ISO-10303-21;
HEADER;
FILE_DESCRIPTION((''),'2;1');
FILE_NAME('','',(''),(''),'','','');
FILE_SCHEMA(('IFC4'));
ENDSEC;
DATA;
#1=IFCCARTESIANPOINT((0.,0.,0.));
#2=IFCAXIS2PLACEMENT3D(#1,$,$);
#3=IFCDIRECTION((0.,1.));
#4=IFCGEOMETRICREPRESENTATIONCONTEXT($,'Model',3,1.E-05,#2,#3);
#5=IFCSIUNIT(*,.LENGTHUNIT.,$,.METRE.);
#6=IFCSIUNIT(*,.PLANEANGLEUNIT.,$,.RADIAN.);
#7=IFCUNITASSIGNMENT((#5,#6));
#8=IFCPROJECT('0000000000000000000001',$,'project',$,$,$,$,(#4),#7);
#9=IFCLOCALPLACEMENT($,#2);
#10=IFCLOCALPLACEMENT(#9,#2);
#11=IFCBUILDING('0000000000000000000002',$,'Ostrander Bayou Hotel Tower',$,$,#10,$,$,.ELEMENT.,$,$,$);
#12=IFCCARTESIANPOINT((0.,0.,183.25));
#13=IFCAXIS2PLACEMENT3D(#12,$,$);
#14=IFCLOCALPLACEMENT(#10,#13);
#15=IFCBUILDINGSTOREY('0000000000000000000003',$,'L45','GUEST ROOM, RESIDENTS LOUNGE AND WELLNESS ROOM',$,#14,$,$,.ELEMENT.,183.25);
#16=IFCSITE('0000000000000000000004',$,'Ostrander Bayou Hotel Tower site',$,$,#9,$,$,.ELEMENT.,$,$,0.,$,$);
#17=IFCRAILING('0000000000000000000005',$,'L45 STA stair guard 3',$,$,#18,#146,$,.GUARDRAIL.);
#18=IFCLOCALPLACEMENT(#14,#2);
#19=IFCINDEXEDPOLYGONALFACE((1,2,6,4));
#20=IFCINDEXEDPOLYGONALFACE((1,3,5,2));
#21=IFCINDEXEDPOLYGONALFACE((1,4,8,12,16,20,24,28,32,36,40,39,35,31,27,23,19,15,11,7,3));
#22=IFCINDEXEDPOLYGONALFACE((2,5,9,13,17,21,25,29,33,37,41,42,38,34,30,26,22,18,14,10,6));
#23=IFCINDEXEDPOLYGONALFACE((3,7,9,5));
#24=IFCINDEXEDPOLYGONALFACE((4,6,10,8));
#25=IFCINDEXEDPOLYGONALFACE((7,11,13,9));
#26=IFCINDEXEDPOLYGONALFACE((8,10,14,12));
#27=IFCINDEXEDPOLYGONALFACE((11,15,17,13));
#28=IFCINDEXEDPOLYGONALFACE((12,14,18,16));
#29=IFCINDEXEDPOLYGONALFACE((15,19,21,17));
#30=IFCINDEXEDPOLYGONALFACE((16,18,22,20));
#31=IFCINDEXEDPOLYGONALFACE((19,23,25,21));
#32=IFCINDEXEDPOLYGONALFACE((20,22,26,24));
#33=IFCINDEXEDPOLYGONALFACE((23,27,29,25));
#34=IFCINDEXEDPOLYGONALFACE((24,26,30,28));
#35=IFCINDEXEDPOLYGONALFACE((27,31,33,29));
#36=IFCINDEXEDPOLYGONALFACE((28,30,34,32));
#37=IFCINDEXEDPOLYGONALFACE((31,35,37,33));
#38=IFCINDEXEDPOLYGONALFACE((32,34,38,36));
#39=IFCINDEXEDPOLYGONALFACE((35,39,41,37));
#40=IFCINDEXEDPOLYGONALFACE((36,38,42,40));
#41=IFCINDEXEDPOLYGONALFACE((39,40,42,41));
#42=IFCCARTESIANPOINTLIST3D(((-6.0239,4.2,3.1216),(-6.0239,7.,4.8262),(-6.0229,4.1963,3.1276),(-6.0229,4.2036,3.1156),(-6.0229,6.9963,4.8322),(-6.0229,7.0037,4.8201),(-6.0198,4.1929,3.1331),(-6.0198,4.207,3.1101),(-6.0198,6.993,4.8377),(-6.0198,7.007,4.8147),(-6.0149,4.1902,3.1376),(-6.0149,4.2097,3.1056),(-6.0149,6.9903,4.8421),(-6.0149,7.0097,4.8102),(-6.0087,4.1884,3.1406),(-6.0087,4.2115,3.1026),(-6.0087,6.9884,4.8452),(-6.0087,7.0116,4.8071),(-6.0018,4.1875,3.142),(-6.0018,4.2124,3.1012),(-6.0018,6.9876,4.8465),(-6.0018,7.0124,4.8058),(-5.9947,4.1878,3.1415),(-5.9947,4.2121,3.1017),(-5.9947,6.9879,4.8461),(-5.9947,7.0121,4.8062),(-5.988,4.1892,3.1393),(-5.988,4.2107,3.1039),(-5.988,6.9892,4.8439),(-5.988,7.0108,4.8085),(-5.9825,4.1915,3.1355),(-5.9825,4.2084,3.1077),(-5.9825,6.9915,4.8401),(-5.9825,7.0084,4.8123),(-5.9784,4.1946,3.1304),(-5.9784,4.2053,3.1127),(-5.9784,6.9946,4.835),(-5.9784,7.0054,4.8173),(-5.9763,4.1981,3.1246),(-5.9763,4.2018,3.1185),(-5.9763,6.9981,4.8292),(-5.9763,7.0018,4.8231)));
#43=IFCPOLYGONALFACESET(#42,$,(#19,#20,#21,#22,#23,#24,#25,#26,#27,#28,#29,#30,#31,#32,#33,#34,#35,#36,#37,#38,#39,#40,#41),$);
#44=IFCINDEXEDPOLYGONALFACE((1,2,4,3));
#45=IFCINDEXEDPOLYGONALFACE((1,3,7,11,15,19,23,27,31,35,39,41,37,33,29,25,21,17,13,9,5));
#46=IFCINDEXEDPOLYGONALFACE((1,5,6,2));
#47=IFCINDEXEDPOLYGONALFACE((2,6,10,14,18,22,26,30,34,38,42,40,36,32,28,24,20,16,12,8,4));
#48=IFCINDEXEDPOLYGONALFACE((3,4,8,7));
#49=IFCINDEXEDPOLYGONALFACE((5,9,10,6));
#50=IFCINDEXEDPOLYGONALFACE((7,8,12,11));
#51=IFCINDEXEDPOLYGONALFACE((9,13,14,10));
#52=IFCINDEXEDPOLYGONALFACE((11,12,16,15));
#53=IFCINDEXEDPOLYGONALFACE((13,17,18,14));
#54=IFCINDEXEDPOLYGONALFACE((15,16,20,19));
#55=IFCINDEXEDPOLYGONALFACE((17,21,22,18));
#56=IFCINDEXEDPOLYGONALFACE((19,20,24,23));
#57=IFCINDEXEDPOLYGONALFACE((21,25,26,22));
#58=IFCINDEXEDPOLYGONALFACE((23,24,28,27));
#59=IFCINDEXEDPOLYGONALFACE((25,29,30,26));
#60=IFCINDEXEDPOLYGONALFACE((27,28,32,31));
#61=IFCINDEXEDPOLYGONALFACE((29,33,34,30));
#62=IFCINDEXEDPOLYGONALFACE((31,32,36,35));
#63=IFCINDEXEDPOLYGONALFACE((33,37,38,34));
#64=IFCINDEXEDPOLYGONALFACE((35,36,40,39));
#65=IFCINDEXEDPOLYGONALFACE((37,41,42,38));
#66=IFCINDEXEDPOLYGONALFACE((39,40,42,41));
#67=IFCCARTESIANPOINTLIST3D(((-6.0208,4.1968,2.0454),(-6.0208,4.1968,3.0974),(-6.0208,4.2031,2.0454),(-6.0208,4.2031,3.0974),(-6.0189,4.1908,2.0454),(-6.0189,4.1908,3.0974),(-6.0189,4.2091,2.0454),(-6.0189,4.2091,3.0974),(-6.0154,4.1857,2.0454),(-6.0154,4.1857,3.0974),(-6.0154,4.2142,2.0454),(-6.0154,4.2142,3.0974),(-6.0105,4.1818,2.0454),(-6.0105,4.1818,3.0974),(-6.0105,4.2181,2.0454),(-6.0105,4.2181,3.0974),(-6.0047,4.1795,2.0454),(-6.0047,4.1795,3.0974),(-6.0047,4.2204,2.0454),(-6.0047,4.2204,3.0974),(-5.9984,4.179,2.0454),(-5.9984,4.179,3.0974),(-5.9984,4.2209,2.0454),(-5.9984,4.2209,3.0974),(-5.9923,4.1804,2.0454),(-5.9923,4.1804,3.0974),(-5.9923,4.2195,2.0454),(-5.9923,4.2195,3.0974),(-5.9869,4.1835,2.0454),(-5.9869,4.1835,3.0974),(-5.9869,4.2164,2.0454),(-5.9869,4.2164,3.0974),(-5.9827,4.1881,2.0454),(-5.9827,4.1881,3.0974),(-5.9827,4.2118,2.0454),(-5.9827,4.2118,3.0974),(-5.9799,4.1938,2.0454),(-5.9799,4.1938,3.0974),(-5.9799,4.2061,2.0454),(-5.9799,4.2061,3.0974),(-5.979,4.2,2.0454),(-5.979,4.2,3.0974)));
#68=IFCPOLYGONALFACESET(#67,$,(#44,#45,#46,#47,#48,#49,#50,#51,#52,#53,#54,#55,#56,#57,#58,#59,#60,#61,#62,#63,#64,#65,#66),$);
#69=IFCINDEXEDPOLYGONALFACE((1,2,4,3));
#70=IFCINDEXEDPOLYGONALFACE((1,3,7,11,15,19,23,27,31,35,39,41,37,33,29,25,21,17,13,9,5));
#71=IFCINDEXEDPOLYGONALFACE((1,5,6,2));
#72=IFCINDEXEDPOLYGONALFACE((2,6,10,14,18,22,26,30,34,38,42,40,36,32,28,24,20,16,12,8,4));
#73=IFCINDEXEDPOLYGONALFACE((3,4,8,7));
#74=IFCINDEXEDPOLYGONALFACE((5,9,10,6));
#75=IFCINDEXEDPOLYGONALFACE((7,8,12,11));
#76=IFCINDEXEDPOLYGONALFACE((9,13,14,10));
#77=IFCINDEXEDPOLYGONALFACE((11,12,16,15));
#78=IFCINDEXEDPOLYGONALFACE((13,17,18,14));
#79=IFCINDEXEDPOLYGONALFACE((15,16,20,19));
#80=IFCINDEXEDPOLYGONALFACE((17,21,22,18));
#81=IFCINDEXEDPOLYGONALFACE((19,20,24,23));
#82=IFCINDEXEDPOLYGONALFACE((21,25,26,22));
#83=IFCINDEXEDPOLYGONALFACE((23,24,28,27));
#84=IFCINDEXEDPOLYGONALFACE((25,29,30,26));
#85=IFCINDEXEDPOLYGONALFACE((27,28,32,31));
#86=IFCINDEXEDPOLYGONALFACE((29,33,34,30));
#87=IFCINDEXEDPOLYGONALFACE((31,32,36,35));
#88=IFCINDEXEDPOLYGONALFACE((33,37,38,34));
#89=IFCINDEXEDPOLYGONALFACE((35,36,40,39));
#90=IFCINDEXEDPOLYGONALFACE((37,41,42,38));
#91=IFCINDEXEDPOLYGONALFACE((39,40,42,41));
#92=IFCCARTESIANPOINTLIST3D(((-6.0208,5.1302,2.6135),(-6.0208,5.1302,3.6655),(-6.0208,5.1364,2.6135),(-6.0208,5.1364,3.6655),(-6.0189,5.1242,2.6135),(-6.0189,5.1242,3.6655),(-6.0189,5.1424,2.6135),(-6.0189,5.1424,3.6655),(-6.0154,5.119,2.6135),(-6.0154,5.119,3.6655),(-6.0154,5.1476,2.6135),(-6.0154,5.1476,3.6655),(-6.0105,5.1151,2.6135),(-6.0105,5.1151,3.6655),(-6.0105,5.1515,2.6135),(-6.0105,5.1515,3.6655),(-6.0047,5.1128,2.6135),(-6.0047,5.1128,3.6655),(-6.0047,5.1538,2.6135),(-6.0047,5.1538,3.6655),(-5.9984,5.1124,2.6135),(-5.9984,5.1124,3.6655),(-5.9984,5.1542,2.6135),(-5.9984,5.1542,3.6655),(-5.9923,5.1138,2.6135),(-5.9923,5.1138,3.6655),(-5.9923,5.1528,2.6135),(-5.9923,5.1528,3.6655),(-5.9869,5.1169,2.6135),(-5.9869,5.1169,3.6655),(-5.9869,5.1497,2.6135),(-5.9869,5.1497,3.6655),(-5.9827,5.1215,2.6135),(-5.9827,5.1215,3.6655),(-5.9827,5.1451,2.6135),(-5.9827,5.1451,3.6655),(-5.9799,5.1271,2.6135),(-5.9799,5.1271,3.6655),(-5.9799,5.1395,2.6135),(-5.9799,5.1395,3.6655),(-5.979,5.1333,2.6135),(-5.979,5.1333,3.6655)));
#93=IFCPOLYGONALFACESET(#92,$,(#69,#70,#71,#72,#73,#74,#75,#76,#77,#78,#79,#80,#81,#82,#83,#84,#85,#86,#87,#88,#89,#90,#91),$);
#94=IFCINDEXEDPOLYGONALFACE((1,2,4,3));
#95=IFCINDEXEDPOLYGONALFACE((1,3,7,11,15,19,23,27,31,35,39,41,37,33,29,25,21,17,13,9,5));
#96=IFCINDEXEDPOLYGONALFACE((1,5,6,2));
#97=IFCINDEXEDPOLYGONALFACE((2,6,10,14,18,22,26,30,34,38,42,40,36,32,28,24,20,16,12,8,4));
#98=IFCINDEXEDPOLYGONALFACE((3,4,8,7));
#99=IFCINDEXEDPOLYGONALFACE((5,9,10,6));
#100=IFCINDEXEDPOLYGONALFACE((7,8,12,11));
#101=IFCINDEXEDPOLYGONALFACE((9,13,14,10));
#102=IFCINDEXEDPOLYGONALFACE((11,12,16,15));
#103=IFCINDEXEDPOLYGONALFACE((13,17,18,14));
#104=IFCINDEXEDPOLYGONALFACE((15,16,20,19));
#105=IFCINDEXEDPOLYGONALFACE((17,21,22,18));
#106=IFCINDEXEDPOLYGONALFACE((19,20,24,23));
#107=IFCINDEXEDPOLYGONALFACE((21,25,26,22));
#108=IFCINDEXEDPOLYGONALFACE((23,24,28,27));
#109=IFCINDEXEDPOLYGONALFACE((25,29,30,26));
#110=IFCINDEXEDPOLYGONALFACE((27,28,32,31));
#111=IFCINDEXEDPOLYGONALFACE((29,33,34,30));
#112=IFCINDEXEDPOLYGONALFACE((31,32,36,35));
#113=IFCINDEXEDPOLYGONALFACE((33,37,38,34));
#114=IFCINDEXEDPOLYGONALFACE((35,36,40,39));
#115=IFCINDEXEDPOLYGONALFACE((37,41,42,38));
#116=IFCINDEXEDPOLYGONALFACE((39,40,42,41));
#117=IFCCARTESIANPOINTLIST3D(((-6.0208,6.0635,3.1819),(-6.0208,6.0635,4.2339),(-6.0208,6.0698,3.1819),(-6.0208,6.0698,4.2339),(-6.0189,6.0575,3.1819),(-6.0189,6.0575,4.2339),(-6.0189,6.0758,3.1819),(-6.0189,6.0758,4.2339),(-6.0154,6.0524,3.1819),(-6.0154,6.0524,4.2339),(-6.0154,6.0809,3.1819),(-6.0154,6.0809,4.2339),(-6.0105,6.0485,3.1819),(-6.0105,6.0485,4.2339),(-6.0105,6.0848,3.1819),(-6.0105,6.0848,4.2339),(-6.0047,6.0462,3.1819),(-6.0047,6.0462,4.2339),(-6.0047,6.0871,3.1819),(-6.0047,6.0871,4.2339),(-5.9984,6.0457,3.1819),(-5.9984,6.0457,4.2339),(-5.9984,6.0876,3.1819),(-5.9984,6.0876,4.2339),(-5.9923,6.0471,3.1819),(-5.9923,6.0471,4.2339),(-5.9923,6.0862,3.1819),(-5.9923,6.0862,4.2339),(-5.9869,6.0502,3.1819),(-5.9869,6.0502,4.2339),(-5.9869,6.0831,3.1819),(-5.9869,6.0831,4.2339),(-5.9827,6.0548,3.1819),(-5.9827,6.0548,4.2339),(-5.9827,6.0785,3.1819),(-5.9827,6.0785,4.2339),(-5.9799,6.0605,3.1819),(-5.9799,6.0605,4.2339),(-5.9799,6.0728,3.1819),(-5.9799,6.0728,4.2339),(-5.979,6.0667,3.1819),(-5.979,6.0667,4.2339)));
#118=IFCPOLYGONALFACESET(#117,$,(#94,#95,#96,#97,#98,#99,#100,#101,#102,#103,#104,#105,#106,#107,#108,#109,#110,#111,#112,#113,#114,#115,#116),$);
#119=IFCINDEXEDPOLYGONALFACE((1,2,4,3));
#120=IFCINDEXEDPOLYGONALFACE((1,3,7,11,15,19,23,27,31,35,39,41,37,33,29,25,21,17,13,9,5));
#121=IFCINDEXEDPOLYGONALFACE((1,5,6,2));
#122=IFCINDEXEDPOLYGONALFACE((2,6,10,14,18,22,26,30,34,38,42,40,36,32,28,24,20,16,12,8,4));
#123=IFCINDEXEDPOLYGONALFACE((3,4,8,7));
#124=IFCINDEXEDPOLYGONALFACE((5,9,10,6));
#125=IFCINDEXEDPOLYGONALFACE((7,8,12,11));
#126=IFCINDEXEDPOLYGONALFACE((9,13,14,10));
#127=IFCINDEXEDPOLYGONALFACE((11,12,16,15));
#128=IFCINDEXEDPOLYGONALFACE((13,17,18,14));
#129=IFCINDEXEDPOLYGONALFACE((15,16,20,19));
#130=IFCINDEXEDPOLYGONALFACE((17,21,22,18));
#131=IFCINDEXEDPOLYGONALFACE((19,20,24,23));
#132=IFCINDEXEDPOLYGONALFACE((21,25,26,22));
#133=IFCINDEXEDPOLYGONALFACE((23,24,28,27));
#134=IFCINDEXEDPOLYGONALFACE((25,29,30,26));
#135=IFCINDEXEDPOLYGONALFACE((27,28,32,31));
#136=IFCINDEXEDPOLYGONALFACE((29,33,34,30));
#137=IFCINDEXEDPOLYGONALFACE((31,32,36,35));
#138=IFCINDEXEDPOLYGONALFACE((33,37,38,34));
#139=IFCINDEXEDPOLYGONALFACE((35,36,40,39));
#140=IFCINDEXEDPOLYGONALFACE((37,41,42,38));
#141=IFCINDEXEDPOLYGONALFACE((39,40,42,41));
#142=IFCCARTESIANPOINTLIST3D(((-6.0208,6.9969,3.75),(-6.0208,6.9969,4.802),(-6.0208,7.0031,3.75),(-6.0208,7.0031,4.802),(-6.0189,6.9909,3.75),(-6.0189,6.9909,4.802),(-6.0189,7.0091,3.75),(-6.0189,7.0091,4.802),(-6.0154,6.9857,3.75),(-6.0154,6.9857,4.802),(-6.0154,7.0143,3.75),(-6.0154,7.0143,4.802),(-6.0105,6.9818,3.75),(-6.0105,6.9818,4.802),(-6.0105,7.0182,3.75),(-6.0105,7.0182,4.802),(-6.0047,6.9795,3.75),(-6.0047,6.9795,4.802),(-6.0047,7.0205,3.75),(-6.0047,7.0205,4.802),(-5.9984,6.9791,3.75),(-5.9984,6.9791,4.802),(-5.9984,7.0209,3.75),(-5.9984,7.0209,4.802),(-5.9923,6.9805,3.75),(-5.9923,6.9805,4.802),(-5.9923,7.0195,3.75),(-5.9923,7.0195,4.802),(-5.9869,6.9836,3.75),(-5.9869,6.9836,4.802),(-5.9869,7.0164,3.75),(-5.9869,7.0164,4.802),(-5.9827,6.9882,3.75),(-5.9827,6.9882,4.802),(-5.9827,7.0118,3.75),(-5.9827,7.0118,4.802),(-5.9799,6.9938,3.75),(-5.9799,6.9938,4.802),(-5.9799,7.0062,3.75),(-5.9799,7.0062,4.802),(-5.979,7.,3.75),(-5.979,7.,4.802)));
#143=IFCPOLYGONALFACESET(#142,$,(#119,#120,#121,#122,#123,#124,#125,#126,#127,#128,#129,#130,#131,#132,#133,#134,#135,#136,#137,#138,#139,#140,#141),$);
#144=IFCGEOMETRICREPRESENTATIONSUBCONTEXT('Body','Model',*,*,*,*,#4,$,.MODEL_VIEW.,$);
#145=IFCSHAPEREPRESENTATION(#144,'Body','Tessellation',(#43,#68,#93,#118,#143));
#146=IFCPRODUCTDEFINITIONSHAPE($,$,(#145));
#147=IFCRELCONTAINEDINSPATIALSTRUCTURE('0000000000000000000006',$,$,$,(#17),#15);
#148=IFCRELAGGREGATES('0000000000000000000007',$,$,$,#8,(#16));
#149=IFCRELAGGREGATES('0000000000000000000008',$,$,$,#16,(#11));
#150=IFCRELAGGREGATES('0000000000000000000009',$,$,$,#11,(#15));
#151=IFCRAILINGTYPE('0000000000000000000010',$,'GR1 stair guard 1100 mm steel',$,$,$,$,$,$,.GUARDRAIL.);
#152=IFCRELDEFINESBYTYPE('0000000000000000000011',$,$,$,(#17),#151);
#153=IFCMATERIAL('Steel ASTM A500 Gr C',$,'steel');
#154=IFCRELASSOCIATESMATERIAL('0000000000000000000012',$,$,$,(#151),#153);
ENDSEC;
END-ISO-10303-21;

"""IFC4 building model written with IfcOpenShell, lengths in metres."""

from ifc_helpers import new_model, si_unit, direction, frame, origin, origin_2d, place, context, subcontext, project, spatial, circle, extrude, material, type_object, element, save


model = new_model("IFC4")

# Units and contexts
model_context = context("Model", 3, precision=1e-05, world=origin(), true_north=direction((0.0, 1.0)))
body_context = subcontext(model_context, "Body", "Model", "MODEL_VIEW")
ifc_project = project(units=[si_unit("LENGTHUNIT", "METRE"), si_unit("PLANEANGLEUNIT", "RADIAN")], contexts=[model_context])

# Site, building, storey
site_placement = place(None, origin())
site = spatial("IfcSite", under=ifc_project, at=site_placement, Name="Ostrander Bayou Hotel Tower site", CompositionType="ELEMENT", RefElevation=0.0)
building_placement = place(site_placement, origin())
building = spatial("IfcBuilding", under=site, at=building_placement, Name="Ostrander Bayou Hotel Tower", CompositionType="ELEMENT")
storey_placement = place(building_placement, frame((0.0, 0.0, 183.25)))
storey = spatial("IfcBuildingStorey", under=building, at=storey_placement, Name="L45", Description="GUEST ROOM, RESIDENTS LOUNGE AND WELLNESS ROOM", CompositionType="ELEMENT", Elevation=183.25)

# Railing
ifc_material_1 = material(Name="Steel ASTM A500 Gr C", Category="steel")
railing_type_1 = type_object("IfcRailingType", Name="GR1 stair guard 1100 mm steel", PredefinedType="GUARDRAIL", material=ifc_material_1)
railing_1_placement = place(storey_placement, frame((-6.0, 4.2, 2.0454)))
element("IfcRailing", 1, at=railing_1_placement, inside=storey, type_object=railing_type_1, Name="L45 STA stair guard 3", PredefinedType="GUARDRAIL", context=body_context, shape_type="SweptSolid", body=[
    extrude(circle(Radius=0.0239, at=origin_2d()), frame((0.0, 0.0, 1.0762), z_axis=(0.0, 0.85417, 0.519994), x_axis=(-1.0, 0.0, 0.0)), (0.0, 0.0, 1.0), 3.2781),
    extrude(circle(Radius=0.021, at=origin_2d()), origin(), (0.0, 0.0, 1.0), 1.052),
    extrude(circle(Radius=0.021, at=origin_2d()), frame((0.0, 0.9333, 0.5681)), (0.0, 0.0, 1.0), 1.052),
    extrude(circle(Radius=0.021, at=origin_2d()), frame((0.0, 1.8667, 1.1365)), (0.0, 0.0, 1.0), 1.052),
    extrude(circle(Radius=0.021, at=origin_2d()), frame((0.0, 2.8, 1.7046)), (0.0, 0.0, 1.0), 1.052),
])

save(model, "model.ifc")
